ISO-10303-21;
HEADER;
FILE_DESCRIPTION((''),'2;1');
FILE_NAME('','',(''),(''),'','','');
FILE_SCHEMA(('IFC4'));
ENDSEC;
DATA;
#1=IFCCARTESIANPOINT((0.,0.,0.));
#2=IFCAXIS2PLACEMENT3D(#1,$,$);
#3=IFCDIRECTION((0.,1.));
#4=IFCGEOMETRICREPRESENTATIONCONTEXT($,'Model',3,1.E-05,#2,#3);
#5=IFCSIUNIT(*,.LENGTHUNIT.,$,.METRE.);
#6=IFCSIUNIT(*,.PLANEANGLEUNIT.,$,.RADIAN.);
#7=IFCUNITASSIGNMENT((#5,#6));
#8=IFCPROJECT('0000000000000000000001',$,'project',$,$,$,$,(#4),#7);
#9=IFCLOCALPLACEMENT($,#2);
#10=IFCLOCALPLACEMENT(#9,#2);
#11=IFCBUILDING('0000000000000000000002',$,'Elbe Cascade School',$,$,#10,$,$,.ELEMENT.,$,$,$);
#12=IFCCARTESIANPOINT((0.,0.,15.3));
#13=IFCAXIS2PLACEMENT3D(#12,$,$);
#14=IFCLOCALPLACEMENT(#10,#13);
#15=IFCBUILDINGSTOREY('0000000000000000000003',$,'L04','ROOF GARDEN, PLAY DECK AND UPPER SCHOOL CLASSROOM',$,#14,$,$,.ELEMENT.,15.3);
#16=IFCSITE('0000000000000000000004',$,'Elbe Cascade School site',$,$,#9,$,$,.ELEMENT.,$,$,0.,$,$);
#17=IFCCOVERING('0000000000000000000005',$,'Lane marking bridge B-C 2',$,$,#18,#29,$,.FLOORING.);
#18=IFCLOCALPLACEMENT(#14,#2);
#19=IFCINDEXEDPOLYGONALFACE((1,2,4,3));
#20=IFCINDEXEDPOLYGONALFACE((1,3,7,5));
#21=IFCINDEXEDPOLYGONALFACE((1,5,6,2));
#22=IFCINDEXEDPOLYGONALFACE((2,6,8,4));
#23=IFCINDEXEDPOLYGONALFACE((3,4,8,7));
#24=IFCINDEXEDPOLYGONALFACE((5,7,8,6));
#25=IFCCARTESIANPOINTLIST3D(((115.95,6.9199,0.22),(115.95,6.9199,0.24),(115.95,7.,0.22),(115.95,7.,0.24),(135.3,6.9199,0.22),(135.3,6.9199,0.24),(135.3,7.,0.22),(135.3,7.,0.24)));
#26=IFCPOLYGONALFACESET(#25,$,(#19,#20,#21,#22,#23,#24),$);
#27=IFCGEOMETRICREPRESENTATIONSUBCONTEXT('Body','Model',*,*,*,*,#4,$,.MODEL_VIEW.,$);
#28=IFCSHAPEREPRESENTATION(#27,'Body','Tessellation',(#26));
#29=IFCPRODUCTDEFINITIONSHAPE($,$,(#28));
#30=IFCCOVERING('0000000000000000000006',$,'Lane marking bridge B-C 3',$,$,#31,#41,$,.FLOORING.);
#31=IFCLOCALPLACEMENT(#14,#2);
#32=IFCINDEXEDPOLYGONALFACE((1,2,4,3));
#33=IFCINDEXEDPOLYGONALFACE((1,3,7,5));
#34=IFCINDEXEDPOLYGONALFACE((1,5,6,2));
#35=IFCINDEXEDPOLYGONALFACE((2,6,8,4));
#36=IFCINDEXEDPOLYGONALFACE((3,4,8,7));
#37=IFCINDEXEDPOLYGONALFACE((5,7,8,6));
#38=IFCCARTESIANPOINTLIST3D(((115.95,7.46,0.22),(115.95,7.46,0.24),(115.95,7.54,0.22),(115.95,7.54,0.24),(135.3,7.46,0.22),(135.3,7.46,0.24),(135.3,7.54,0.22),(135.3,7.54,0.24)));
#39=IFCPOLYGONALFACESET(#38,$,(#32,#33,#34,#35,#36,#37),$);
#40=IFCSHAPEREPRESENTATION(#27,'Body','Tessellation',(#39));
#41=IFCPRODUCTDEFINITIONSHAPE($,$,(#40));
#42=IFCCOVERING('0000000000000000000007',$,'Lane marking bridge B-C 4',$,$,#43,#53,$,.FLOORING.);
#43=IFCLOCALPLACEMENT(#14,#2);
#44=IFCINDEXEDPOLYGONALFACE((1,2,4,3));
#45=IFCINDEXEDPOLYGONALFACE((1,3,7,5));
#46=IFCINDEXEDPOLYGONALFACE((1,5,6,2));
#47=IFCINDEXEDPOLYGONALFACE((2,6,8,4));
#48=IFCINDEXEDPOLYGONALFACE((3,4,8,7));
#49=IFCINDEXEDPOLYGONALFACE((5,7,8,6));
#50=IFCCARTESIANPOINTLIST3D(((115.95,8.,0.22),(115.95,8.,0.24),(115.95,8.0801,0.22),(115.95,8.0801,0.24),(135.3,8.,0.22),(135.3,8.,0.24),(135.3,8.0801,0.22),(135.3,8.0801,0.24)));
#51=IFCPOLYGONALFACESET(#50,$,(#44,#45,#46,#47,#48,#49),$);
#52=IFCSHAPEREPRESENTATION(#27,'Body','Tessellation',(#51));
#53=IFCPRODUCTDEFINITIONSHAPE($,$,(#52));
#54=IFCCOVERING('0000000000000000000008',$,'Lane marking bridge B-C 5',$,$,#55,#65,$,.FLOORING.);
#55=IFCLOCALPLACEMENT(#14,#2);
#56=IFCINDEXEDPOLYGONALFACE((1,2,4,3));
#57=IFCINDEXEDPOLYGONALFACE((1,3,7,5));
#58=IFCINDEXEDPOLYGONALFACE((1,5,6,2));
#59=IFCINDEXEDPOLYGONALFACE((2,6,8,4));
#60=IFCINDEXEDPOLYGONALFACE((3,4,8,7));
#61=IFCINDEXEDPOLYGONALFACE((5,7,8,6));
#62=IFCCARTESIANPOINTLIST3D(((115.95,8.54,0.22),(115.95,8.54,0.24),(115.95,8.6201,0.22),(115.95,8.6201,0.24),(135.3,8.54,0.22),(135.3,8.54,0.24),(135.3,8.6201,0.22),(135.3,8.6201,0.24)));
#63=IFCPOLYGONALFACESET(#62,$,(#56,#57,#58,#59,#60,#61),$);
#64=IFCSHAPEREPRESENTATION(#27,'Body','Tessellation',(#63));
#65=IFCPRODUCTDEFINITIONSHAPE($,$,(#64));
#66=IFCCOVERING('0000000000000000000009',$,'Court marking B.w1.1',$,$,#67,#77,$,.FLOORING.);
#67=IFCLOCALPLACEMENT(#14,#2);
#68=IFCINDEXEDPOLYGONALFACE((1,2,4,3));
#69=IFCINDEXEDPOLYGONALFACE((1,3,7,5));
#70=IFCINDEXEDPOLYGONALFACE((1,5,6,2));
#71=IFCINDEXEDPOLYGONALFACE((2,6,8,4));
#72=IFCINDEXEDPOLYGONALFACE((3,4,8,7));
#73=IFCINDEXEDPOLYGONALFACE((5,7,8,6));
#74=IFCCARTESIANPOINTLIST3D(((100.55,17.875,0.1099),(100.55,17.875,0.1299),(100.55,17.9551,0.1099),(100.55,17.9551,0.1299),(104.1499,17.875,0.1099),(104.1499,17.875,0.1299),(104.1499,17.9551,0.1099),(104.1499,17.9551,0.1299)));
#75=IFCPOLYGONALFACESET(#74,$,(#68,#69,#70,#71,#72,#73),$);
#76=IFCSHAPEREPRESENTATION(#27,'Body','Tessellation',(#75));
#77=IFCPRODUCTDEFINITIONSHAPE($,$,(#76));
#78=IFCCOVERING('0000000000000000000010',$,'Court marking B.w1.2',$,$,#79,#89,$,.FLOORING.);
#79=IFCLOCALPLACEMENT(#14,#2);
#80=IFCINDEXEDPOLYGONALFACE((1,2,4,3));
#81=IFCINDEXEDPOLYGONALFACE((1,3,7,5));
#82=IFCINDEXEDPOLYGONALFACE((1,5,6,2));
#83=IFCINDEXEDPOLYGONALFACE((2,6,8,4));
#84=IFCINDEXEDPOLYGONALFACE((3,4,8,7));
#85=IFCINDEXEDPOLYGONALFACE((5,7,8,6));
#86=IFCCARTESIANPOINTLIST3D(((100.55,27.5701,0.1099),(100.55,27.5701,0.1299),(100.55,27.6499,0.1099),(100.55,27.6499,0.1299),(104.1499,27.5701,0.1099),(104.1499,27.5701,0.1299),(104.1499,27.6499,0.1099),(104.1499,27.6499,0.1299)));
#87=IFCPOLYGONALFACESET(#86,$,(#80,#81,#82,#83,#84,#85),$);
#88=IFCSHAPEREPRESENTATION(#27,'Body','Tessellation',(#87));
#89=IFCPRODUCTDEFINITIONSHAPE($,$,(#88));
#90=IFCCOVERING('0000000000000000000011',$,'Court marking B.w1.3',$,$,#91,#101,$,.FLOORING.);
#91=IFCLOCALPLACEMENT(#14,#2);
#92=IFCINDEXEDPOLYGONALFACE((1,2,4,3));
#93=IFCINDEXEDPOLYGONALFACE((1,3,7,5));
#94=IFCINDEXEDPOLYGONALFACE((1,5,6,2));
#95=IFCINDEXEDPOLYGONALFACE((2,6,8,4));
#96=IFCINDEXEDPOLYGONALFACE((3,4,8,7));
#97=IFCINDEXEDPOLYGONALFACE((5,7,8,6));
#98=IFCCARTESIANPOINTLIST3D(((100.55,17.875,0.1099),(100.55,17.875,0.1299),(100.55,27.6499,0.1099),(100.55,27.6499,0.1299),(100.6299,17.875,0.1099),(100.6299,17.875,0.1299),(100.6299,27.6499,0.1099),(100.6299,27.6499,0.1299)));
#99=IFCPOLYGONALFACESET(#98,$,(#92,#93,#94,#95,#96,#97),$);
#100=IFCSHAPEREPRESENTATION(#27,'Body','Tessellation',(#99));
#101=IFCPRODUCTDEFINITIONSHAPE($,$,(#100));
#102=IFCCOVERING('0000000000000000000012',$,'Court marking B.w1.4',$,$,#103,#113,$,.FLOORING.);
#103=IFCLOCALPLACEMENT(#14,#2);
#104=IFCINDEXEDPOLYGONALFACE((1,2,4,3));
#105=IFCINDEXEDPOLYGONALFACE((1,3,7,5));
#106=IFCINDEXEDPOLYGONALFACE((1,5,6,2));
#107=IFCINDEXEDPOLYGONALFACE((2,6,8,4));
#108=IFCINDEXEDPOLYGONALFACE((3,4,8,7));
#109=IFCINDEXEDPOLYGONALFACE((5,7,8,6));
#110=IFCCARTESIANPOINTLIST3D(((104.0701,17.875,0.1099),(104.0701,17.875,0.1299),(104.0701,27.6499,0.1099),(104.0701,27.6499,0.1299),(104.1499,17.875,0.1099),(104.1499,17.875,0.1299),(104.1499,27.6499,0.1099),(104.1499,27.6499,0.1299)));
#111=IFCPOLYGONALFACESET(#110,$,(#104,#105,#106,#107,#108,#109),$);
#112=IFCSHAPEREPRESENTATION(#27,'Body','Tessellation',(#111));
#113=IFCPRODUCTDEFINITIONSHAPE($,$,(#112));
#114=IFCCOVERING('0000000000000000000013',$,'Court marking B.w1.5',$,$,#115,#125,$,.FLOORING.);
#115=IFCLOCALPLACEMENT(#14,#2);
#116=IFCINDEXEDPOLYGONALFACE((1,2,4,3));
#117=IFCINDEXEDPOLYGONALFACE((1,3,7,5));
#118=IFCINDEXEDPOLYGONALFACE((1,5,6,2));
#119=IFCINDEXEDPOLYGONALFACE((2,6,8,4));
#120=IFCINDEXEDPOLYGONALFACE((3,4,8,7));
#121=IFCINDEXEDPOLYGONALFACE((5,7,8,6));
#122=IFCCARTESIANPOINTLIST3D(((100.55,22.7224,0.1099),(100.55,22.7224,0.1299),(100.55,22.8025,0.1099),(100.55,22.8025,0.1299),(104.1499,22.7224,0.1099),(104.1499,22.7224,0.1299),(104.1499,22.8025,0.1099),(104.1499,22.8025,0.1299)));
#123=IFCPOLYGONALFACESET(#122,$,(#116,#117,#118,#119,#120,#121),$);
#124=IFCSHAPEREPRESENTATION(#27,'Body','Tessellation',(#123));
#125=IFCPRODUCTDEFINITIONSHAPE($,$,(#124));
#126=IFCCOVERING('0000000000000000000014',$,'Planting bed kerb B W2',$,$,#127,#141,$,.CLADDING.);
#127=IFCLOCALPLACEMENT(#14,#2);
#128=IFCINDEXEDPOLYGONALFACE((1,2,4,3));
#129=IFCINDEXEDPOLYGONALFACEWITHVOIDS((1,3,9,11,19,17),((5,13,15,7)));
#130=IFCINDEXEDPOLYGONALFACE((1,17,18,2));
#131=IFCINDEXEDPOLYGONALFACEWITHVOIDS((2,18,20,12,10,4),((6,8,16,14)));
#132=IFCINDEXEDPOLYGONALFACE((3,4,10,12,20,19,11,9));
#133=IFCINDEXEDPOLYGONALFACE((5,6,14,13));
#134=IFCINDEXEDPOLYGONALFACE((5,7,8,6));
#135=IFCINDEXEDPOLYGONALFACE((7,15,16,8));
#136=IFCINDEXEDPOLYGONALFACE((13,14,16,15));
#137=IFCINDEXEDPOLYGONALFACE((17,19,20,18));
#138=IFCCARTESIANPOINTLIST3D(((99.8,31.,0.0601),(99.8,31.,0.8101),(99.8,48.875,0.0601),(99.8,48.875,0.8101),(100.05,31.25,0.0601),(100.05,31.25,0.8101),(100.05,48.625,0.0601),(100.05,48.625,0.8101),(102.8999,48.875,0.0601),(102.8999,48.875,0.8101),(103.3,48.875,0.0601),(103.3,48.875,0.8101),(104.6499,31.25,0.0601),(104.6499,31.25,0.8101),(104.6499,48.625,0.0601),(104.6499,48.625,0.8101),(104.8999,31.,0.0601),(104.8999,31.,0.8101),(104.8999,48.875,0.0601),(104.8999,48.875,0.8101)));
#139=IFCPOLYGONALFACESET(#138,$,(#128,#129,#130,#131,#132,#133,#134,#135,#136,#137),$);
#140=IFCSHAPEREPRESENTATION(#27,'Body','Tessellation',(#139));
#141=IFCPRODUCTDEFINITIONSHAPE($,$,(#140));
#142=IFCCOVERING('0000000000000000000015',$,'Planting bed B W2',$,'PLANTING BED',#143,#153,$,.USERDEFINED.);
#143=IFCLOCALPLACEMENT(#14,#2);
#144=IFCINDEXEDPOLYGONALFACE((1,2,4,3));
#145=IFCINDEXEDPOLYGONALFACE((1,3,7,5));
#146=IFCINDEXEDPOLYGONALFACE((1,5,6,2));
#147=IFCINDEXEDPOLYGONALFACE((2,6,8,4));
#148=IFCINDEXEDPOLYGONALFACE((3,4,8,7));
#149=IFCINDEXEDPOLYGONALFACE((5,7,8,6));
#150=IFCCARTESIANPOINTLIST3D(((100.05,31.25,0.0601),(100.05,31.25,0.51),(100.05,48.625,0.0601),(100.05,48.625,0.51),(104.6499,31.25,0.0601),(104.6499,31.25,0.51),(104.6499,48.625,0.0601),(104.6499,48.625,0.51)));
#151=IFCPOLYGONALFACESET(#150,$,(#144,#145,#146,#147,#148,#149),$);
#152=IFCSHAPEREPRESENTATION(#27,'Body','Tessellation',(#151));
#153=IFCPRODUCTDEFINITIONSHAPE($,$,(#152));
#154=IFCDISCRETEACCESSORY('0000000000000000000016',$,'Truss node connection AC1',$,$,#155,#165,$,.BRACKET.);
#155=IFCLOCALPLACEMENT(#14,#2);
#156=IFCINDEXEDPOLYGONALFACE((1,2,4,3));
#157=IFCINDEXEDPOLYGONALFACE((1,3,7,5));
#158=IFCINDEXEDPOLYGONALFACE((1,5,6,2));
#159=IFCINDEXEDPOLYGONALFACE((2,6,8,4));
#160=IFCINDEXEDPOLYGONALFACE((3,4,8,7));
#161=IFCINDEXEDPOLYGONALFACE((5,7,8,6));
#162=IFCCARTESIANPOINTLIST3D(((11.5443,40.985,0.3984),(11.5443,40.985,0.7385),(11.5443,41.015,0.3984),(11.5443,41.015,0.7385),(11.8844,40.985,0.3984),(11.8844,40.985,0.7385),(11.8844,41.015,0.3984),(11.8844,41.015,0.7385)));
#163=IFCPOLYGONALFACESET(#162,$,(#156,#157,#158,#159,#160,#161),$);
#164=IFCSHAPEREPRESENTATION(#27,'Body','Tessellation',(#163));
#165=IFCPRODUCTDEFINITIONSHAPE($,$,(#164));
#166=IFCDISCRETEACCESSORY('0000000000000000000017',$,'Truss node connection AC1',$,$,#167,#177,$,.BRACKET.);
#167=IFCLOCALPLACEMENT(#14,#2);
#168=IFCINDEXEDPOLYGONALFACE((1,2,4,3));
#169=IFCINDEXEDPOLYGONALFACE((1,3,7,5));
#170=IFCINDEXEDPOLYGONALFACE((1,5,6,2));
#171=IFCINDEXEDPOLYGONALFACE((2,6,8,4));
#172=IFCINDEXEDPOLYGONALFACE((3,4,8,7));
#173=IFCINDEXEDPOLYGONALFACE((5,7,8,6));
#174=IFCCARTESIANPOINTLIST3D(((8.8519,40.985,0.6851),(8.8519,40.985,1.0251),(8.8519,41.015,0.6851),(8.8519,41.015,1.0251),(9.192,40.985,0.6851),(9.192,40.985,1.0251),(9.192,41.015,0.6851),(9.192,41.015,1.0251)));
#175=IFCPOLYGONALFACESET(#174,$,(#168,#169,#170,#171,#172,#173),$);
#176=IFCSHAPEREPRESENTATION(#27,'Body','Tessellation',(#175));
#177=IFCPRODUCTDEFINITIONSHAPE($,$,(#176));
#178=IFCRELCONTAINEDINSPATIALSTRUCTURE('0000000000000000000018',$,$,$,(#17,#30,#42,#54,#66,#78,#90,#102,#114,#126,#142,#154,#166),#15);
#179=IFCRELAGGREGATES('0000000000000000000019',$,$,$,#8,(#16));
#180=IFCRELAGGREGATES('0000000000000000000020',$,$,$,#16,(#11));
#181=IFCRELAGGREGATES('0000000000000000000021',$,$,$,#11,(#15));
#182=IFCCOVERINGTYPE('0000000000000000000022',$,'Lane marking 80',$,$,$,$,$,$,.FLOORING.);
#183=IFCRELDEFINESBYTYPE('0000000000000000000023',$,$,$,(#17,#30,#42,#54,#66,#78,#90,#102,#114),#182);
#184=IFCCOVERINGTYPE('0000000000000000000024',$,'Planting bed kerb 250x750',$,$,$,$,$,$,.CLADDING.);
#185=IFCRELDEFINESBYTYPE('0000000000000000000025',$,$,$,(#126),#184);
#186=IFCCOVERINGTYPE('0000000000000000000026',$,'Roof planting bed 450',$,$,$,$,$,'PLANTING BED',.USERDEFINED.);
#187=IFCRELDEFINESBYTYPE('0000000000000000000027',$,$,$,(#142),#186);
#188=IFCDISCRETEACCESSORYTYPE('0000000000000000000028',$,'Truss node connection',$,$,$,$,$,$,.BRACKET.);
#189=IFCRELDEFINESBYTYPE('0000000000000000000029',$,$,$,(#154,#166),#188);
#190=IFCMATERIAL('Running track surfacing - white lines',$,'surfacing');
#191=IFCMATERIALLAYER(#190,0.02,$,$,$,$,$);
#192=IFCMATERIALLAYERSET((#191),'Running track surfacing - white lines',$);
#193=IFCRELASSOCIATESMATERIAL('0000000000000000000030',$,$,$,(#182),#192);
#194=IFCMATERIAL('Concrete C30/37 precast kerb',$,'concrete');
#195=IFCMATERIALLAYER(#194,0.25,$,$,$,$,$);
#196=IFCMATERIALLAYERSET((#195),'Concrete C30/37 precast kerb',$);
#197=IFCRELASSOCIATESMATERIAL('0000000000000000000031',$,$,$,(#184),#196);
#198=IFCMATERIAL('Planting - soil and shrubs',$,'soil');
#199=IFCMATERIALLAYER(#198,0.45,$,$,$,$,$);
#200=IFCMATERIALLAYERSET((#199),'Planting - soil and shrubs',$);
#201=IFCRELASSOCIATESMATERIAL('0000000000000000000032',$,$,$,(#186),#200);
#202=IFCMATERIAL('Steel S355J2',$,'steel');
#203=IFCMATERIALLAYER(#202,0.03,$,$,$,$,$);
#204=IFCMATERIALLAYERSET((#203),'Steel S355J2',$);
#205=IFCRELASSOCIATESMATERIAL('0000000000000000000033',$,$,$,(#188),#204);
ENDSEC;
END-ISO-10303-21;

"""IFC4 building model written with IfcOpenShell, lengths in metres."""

from ifc_helpers import new_model, si_unit, direction, frame, origin, origin_2d, place, context, subcontext, project, spatial, polyline, rectangle, outline, extrude, material, layer, layer_set, type_object, element, save


model = new_model("IFC4")

# Units and contexts
model_context = context("Model", 3, precision=1e-05, world=origin(), true_north=direction((0.0, 1.0)))
body_context = subcontext(model_context, "Body", "Model", "MODEL_VIEW")
ifc_project = project(units=[si_unit("LENGTHUNIT", "METRE"), si_unit("PLANEANGLEUNIT", "RADIAN")], contexts=[model_context])

# Site, building, storey
site_placement = place(None, origin())
site = spatial("IfcSite", under=ifc_project, at=site_placement, Name="Elbe Cascade School site", CompositionType="ELEMENT", RefElevation=0.0)
building_placement = place(site_placement, origin())
building = spatial("IfcBuilding", under=site, at=building_placement, Name="Elbe Cascade School", CompositionType="ELEMENT")
storey_placement = place(building_placement, frame((0.0, 0.0, 15.3)))
storey = spatial("IfcBuildingStorey", under=building, at=storey_placement, Name="L04", Description="ROOF GARDEN, PLAY DECK AND UPPER SCHOOL CLASSROOM", CompositionType="ELEMENT", Elevation=15.3)

# Coverings
ifc_material_1 = material(Name="Running track surfacing - white lines", Category="surfacing")
ifc_layer_1 = layer(ifc_material_1, 0.02)
ifc_layer_set_1 = layer_set([ifc_layer_1], Name="Running track surfacing - white lines")
covering_type_1 = type_object("IfcCoveringType", Name="Lane marking 80", PredefinedType="FLOORING", material=ifc_layer_set_1)
covering_1_placement = place(storey_placement, frame((0.0, 0.0, 0.22)))
element("IfcCovering", 1, at=covering_1_placement, inside=storey, type_object=covering_type_1, Name="Lane marking bridge B-C 2", PredefinedType="FLOORING", context=body_context, shape_type="SweptSolid", body=[
    extrude(outline(polyline([(115.95, 6.9199), (135.3, 6.9199), (135.3, 7.0), (115.95, 7.0), (115.95, 6.9199)])), origin(), (0.0, 0.0, 1.0), 0.02),
])
covering_2_placement = place(storey_placement, frame((0.0, 0.0, 0.22)))
element("IfcCovering", 2, at=covering_2_placement, inside=storey, type_object=covering_type_1, Name="Lane marking bridge B-C 3", PredefinedType="FLOORING", context=body_context, shape_type="SweptSolid", body=[
    extrude(outline(polyline([(115.95, 7.46), (135.3, 7.46), (135.3, 7.54), (115.95, 7.54), (115.95, 7.46)])), origin(), (0.0, 0.0, 1.0), 0.02),
])
covering_3_placement = place(storey_placement, frame((0.0, 0.0, 0.22)))
element("IfcCovering", 3, at=covering_3_placement, inside=storey, type_object=covering_type_1, Name="Lane marking bridge B-C 4", PredefinedType="FLOORING", context=body_context, shape_type="SweptSolid", body=[
    extrude(outline(polyline([(115.95, 8.0), (135.3, 8.0), (135.3, 8.0801), (115.95, 8.0801), (115.95, 8.0)])), origin(), (0.0, 0.0, 1.0), 0.02),
])
covering_4_placement = place(storey_placement, frame((0.0, 0.0, 0.22)))
element("IfcCovering", 4, at=covering_4_placement, inside=storey, type_object=covering_type_1, Name="Lane marking bridge B-C 5", PredefinedType="FLOORING", context=body_context, shape_type="SweptSolid", body=[
    extrude(outline(polyline([(115.95, 8.54), (135.3, 8.54), (135.3, 8.6201), (115.95, 8.6201), (115.95, 8.54)])), origin(), (0.0, 0.0, 1.0), 0.02),
])
covering_5_placement = place(storey_placement, frame((0.0, 0.0, 0.1099)))
element("IfcCovering", 5, at=covering_5_placement, inside=storey, type_object=covering_type_1, Name="Court marking B.w1.1", PredefinedType="FLOORING", context=body_context, shape_type="SweptSolid", body=[
    extrude(outline(polyline([(100.55, 17.875), (104.1499, 17.875), (104.1499, 17.9551), (100.55, 17.9551), (100.55, 17.875)])), origin(), (0.0, 0.0, 1.0), 0.02),
])
covering_6_placement = place(storey_placement, frame((0.0, 0.0, 0.1099)))
element("IfcCovering", 6, at=covering_6_placement, inside=storey, type_object=covering_type_1, Name="Court marking B.w1.2", PredefinedType="FLOORING", context=body_context, shape_type="SweptSolid", body=[
    extrude(outline(polyline([(100.55, 27.5701), (104.1499, 27.5701), (104.1499, 27.6499), (100.55, 27.6499), (100.55, 27.5701)])), origin(), (0.0, 0.0, 1.0), 0.02),
])
covering_7_placement = place(storey_placement, frame((0.0, 0.0, 0.1099)))
element("IfcCovering", 7, at=covering_7_placement, inside=storey, type_object=covering_type_1, Name="Court marking B.w1.3", PredefinedType="FLOORING", context=body_context, shape_type="SweptSolid", body=[
    extrude(outline(polyline([(100.55, 17.875), (100.6299, 17.875), (100.6299, 27.6499), (100.55, 27.6499), (100.55, 17.875)])), origin(), (0.0, 0.0, 1.0), 0.02),
])
covering_8_placement = place(storey_placement, frame((0.0, 0.0, 0.1099)))
element("IfcCovering", 8, at=covering_8_placement, inside=storey, type_object=covering_type_1, Name="Court marking B.w1.4", PredefinedType="FLOORING", context=body_context, shape_type="SweptSolid", body=[
    extrude(outline(polyline([(104.0701, 17.875), (104.1499, 17.875), (104.1499, 27.6499), (104.0701, 27.6499), (104.0701, 17.875)])), origin(), (0.0, 0.0, 1.0), 0.02),
])
covering_9_placement = place(storey_placement, frame((0.0, 0.0, 0.1099)))
element("IfcCovering", 9, at=covering_9_placement, inside=storey, type_object=covering_type_1, Name="Court marking B.w1.5", PredefinedType="FLOORING", context=body_context, shape_type="SweptSolid", body=[
    extrude(outline(polyline([(100.55, 22.7224), (104.1499, 22.7224), (104.1499, 22.8025), (100.55, 22.8025), (100.55, 22.7224)])), origin(), (0.0, 0.0, 1.0), 0.02),
])
ifc_material_2 = material(Name="Concrete C30/37 precast kerb", Category="concrete")
ifc_layer_2 = layer(ifc_material_2, 0.25)
ifc_layer_set_2 = layer_set([ifc_layer_2], Name="Concrete C30/37 precast kerb")
covering_type_2 = type_object("IfcCoveringType", Name="Planting bed kerb 250x750", PredefinedType="CLADDING", material=ifc_layer_set_2)
covering_10_placement = place(storey_placement, frame((0.0, 0.0, 0.0601)))
element("IfcCovering", 10, at=covering_10_placement, inside=storey, type_object=covering_type_2, Name="Planting bed kerb B W2", PredefinedType="CLADDING", context=body_context, shape_type="SweptSolid", body=[
    extrude(outline(polyline([(104.8999, 31.0), (99.8, 31.0), (99.8, 48.875), (102.8999, 48.875), (103.3, 48.875), (104.8999, 48.875), (104.8999, 31.0)]), holes=[polyline([(104.6499, 31.25), (100.05, 31.25), (100.05, 48.625), (104.6499, 48.625), (104.6499, 31.25)])]), origin(), (0.0, 0.0, 1.0), 0.75),
])
ifc_material_3 = material(Name="Planting - soil and shrubs", Category="soil")
ifc_layer_3 = layer(ifc_material_3, 0.45)
ifc_layer_set_3 = layer_set([ifc_layer_3], Name="Planting - soil and shrubs")
covering_type_3 = type_object("IfcCoveringType", Name="Roof planting bed 450", ElementType="PLANTING BED", PredefinedType="USERDEFINED", material=ifc_layer_set_3)
covering_11_placement = place(storey_placement, frame((0.0, 0.0, 0.0601)))
element("IfcCovering", 11, at=covering_11_placement, inside=storey, type_object=covering_type_3, Name="Planting bed B W2", ObjectType="PLANTING BED", PredefinedType="USERDEFINED", context=body_context, shape_type="SweptSolid", body=[
    extrude(outline(polyline([(104.6499, 31.25), (100.05, 31.25), (100.05, 48.625), (104.6499, 48.625), (104.6499, 31.25)])), origin(), (0.0, 0.0, 1.0), 0.45),
])

# Discrete accessories
ifc_material_4 = material(Name="Steel S355J2", Category="steel")
ifc_layer_4 = layer(ifc_material_4, 0.03)
ifc_layer_set_4 = layer_set([ifc_layer_4], Name="Steel S355J2")
discrete_accessory_type = type_object("IfcDiscreteAccessoryType", Name="Truss node connection", PredefinedType="BRACKET", material=ifc_layer_set_4)
for number, where, z_axis, x_axis, name in (
    (12, (11.7144, 41.0, 0.3984), (0.0, 0.0, 1.0), (1.0, 0.0, 0.0), "Truss node connection AC1"),
    (13, (9.022, 41.0, 0.6851), (0.0, 0.0, 1.0), (1.0, 0.0, 0.0), "Truss node connection AC1"),
):
    element("IfcDiscreteAccessory", number, at=place(storey_placement, frame(where, z_axis=z_axis, x_axis=x_axis)), inside=storey, type_object=discrete_accessory_type, Name=name, PredefinedType="BRACKET", context=body_context, shape_type="SweptSolid", body=[
        extrude(rectangle(XDim=0.3401, YDim=0.03, at=origin_2d()), origin(), (0.0, 0.0, 1.0), 0.3401),
    ])

save(model, "model.ifc")
